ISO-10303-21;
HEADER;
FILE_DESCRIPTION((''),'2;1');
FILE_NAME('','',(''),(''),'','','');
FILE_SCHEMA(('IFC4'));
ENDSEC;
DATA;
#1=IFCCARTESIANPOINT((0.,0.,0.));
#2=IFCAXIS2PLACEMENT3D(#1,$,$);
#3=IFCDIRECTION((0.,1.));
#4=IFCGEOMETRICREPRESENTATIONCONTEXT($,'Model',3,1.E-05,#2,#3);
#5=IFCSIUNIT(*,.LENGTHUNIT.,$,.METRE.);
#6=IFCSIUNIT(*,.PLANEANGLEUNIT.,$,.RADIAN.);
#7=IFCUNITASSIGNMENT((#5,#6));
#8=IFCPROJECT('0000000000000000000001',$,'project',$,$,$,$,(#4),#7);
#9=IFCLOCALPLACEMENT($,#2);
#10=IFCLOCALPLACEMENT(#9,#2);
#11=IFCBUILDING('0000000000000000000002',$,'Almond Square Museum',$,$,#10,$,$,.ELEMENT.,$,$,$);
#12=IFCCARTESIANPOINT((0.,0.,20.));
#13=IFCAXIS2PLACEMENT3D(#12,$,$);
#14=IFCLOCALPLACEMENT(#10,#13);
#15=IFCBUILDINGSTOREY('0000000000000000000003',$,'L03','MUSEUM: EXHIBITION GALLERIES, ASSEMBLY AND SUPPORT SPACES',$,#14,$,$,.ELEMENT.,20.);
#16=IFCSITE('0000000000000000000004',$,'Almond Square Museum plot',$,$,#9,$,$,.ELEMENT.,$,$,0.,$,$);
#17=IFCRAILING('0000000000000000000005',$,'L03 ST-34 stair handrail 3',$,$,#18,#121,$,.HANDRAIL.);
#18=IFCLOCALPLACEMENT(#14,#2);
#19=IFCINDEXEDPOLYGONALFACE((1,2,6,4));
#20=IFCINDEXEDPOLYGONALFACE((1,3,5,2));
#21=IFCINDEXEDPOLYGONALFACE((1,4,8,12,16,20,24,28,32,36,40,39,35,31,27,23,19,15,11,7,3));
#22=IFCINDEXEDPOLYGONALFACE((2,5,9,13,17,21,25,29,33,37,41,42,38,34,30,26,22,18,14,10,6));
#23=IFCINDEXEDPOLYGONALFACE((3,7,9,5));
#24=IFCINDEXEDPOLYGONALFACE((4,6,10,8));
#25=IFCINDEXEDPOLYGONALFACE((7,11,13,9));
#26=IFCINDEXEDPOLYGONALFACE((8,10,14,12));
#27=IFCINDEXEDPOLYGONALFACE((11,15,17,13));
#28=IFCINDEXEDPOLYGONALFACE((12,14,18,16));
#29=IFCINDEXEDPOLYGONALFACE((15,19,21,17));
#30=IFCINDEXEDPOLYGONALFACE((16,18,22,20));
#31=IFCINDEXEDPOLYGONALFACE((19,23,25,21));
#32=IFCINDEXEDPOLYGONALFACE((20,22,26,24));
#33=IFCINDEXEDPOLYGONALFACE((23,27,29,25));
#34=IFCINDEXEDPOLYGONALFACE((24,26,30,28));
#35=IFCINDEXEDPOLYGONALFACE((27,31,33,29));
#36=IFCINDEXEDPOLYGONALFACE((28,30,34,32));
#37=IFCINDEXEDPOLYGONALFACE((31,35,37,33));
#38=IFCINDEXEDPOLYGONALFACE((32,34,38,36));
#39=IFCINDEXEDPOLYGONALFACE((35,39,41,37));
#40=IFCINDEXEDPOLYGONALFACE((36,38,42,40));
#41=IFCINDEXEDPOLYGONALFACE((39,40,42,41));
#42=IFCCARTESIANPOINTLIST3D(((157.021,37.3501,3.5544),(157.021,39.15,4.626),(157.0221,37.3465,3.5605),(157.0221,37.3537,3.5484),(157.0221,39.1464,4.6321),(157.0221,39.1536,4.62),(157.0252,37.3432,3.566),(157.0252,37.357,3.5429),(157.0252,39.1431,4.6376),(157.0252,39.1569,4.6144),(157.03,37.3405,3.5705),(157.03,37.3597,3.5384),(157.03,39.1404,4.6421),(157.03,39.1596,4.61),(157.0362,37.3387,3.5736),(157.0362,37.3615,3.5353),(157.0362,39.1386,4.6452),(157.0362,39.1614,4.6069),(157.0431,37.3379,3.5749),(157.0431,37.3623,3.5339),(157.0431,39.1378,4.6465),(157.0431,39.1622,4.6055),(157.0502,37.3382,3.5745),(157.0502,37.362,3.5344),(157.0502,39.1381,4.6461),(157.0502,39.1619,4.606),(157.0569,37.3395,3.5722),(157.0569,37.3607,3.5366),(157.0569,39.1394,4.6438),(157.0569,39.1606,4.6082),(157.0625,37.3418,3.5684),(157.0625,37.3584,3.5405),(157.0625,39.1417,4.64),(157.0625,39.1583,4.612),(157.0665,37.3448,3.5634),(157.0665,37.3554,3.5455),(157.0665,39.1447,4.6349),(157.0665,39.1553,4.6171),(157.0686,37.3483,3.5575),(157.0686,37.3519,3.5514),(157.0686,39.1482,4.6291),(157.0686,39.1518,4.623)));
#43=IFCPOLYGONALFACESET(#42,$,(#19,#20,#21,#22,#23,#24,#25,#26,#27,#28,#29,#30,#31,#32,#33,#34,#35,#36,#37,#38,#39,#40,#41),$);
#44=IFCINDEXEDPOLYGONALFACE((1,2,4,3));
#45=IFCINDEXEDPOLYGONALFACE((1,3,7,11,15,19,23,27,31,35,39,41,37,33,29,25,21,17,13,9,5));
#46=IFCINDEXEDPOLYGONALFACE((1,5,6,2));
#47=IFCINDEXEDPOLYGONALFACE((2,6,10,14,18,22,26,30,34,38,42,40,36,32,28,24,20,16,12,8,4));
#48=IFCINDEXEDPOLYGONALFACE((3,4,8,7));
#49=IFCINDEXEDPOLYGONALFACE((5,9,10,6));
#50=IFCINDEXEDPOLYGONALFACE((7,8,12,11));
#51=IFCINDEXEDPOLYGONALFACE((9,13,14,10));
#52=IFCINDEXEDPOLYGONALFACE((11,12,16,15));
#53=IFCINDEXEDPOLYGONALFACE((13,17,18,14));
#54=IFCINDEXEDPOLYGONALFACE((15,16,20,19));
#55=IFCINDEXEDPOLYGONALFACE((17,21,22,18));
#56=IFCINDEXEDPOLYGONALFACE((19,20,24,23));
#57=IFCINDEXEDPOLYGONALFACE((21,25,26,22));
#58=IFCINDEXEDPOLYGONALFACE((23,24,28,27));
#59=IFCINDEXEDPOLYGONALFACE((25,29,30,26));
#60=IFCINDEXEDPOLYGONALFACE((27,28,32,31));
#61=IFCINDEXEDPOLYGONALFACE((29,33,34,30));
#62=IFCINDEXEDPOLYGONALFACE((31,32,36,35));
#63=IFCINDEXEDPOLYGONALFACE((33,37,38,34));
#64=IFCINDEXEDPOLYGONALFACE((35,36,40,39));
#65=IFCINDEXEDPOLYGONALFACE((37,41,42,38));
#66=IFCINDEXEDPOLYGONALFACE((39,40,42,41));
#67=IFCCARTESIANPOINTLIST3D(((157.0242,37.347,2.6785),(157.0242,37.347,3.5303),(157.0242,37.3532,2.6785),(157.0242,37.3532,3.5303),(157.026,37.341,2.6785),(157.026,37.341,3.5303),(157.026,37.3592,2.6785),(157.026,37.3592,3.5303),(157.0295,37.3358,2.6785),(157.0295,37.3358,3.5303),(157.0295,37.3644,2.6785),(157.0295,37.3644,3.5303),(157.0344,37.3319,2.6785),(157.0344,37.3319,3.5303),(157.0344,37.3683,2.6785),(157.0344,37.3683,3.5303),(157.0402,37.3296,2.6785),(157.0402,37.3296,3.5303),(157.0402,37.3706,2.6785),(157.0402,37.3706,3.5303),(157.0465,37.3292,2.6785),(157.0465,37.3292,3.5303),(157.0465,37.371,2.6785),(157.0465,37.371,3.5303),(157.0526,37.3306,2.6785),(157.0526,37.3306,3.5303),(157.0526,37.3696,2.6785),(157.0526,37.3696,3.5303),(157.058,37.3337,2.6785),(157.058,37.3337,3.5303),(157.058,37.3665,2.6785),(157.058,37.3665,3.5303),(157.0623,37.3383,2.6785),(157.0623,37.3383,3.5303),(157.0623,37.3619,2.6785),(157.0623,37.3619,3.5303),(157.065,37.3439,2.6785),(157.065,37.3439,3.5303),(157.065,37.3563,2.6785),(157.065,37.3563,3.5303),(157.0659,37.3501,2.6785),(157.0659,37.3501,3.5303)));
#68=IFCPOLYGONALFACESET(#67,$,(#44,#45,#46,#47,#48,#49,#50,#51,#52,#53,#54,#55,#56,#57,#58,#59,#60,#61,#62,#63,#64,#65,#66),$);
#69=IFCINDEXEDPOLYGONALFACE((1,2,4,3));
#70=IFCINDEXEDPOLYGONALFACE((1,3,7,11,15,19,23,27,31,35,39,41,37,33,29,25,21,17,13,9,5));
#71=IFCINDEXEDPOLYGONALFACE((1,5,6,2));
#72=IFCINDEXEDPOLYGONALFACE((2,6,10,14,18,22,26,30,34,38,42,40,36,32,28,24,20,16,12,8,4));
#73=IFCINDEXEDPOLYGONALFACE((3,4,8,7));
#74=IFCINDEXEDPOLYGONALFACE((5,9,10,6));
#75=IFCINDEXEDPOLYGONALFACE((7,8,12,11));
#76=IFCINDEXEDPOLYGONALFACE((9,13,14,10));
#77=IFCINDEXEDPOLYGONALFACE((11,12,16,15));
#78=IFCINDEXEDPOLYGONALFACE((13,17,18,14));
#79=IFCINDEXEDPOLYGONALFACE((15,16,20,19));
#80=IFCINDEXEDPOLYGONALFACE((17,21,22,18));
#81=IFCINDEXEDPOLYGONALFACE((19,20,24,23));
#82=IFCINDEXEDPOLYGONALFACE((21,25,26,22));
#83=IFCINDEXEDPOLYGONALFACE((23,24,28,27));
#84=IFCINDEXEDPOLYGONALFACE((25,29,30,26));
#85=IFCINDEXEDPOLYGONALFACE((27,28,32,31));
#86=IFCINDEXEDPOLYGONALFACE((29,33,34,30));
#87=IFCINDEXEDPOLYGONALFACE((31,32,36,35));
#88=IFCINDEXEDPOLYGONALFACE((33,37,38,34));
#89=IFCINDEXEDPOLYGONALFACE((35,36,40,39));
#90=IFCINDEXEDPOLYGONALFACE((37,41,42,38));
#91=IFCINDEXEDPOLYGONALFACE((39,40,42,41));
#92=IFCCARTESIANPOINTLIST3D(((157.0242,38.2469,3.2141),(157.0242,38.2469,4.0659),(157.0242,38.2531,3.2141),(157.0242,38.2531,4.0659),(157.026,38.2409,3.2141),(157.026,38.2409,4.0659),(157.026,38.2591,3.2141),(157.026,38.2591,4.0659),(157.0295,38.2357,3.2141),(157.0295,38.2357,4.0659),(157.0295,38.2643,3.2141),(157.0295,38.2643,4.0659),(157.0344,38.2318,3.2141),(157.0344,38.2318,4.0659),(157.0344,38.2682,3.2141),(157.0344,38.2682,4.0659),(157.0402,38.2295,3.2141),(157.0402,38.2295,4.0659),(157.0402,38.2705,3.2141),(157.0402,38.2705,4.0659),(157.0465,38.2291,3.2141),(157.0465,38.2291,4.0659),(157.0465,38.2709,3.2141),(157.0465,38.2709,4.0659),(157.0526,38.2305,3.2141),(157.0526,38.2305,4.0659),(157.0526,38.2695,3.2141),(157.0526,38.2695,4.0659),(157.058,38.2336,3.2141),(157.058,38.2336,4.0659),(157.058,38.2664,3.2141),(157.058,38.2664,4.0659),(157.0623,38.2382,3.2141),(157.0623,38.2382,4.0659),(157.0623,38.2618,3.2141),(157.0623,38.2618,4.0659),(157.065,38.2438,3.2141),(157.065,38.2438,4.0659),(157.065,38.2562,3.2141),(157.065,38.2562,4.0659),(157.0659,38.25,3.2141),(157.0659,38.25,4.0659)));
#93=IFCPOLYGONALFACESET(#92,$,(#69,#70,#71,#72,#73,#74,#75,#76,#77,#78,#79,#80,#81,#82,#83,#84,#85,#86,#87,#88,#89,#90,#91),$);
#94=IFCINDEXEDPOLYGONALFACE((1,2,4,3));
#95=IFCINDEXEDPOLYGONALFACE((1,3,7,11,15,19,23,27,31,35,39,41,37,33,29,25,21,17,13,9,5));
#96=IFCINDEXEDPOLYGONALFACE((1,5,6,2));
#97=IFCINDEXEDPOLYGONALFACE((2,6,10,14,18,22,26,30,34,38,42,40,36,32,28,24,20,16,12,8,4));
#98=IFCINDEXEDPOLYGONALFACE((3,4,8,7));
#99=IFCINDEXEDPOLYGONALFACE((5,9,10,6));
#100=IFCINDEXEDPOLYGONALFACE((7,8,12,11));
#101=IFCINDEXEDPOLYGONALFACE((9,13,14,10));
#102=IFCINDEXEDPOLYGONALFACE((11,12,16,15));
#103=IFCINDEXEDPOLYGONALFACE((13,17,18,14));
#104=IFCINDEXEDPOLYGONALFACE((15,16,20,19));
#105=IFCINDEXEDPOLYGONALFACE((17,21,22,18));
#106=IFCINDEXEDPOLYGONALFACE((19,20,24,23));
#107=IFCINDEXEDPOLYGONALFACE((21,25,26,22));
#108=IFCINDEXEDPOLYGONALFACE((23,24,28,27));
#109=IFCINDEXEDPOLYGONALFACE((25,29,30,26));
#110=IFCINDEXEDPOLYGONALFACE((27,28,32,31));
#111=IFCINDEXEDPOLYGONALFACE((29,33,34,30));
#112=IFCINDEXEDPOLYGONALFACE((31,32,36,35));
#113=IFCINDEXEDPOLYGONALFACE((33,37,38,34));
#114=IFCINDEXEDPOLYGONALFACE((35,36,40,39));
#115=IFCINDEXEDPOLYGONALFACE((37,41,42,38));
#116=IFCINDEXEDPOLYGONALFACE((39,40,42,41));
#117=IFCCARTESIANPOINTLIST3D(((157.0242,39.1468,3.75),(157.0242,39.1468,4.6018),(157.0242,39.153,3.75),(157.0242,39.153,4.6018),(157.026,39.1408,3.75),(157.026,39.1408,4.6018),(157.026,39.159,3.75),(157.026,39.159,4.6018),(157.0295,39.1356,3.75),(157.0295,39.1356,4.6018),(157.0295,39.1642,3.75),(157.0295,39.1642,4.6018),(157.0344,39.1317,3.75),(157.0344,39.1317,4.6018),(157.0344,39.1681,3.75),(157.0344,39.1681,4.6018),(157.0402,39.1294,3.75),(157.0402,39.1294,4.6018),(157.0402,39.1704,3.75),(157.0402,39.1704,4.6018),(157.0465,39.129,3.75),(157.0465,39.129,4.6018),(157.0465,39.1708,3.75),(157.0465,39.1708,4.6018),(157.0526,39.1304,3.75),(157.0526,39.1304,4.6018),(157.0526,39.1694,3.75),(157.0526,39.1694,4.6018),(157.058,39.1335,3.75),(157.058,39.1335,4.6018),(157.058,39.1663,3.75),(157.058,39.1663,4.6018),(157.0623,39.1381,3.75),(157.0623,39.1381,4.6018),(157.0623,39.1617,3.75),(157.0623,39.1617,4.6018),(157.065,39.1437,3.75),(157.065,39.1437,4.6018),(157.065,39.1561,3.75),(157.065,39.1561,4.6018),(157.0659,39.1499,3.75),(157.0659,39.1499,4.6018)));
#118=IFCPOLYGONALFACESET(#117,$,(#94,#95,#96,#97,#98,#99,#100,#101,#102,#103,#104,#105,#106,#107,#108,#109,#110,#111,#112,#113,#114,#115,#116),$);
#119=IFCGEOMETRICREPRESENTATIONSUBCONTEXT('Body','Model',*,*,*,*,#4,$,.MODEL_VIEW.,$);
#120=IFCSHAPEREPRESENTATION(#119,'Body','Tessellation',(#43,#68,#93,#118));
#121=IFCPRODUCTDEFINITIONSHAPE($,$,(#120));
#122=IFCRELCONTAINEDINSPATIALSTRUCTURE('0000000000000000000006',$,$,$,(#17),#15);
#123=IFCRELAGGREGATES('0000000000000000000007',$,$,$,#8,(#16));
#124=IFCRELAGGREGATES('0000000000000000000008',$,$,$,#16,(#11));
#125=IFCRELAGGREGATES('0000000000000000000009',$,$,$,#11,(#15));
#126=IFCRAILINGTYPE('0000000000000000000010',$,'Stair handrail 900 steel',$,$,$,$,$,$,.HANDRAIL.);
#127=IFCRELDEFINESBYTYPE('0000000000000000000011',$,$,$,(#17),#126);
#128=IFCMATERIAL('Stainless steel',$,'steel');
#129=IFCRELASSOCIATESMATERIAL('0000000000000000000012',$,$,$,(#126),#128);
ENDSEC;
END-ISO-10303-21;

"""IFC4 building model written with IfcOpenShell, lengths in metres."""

from ifc_helpers import new_model, si_unit, direction, frame, origin, origin_2d, place, context, subcontext, project, spatial, circle, extrude, material, type_object, element, save


model = new_model("IFC4")

# Units and contexts
model_context = context("Model", 3, precision=1e-05, world=origin(), true_north=direction((0.0, 1.0)))
body_context = subcontext(model_context, "Body", "Model", "MODEL_VIEW")
ifc_project = project(units=[si_unit("LENGTHUNIT", "METRE"), si_unit("PLANEANGLEUNIT", "RADIAN")], contexts=[model_context])

# Site, building, storey
site_placement = place(None, origin())
site = spatial("IfcSite", under=ifc_project, at=site_placement, Name="Almond Square Museum plot", CompositionType="ELEMENT", RefElevation=0.0)
building_placement = place(site_placement, origin())
building = spatial("IfcBuilding", under=site, at=building_placement, Name="Almond Square Museum", CompositionType="ELEMENT")
storey_placement = place(building_placement, frame((0.0, 0.0, 20.0)))
storey = spatial("IfcBuildingStorey", under=building, at=storey_placement, Name="L03", Description="MUSEUM: EXHIBITION GALLERIES, ASSEMBLY AND SUPPORT SPACES", CompositionType="ELEMENT", Elevation=20.0)

# Railing
ifc_material_1 = material(Name="Stainless steel", Category="steel")
railing_type_1 = type_object("IfcRailingType", Name="Stair handrail 900 steel", PredefinedType="HANDRAIL", material=ifc_material_1)
for number, where, name in (
    (1, (157.0449, 37.3501, 2.6785), "L03 ST-34 stair handrail 3"),
):
    element("IfcRailing", number, at=place(storey_placement, frame(where)), inside=storey, type_object=railing_type_1, Name=name, PredefinedType="HANDRAIL", context=body_context, shape_type="SweptSolid", body=[
        extrude(circle(Radius=0.0239, at=origin_2d()), frame((0.0, 0.0, 0.876), z_axis=(0.0, 0.859247, 0.511562), x_axis=(-1.0, 0.0, 0.0)), (0.0, 0.0, 1.0), 2.0947),
        extrude(circle(Radius=0.021, at=origin_2d()), origin(), (0.0, 0.0, 1.0), 0.8518),
        extrude(circle(Radius=0.021, at=origin_2d()), frame((0.0, 0.8999, 0.5356)), (0.0, 0.0, 1.0), 0.8518),
        extrude(circle(Radius=0.021, at=origin_2d()), frame((0.0, 1.7998, 1.0715)), (0.0, 0.0, 1.0), 0.8518),
    ])

save(model, "model.ifc")
